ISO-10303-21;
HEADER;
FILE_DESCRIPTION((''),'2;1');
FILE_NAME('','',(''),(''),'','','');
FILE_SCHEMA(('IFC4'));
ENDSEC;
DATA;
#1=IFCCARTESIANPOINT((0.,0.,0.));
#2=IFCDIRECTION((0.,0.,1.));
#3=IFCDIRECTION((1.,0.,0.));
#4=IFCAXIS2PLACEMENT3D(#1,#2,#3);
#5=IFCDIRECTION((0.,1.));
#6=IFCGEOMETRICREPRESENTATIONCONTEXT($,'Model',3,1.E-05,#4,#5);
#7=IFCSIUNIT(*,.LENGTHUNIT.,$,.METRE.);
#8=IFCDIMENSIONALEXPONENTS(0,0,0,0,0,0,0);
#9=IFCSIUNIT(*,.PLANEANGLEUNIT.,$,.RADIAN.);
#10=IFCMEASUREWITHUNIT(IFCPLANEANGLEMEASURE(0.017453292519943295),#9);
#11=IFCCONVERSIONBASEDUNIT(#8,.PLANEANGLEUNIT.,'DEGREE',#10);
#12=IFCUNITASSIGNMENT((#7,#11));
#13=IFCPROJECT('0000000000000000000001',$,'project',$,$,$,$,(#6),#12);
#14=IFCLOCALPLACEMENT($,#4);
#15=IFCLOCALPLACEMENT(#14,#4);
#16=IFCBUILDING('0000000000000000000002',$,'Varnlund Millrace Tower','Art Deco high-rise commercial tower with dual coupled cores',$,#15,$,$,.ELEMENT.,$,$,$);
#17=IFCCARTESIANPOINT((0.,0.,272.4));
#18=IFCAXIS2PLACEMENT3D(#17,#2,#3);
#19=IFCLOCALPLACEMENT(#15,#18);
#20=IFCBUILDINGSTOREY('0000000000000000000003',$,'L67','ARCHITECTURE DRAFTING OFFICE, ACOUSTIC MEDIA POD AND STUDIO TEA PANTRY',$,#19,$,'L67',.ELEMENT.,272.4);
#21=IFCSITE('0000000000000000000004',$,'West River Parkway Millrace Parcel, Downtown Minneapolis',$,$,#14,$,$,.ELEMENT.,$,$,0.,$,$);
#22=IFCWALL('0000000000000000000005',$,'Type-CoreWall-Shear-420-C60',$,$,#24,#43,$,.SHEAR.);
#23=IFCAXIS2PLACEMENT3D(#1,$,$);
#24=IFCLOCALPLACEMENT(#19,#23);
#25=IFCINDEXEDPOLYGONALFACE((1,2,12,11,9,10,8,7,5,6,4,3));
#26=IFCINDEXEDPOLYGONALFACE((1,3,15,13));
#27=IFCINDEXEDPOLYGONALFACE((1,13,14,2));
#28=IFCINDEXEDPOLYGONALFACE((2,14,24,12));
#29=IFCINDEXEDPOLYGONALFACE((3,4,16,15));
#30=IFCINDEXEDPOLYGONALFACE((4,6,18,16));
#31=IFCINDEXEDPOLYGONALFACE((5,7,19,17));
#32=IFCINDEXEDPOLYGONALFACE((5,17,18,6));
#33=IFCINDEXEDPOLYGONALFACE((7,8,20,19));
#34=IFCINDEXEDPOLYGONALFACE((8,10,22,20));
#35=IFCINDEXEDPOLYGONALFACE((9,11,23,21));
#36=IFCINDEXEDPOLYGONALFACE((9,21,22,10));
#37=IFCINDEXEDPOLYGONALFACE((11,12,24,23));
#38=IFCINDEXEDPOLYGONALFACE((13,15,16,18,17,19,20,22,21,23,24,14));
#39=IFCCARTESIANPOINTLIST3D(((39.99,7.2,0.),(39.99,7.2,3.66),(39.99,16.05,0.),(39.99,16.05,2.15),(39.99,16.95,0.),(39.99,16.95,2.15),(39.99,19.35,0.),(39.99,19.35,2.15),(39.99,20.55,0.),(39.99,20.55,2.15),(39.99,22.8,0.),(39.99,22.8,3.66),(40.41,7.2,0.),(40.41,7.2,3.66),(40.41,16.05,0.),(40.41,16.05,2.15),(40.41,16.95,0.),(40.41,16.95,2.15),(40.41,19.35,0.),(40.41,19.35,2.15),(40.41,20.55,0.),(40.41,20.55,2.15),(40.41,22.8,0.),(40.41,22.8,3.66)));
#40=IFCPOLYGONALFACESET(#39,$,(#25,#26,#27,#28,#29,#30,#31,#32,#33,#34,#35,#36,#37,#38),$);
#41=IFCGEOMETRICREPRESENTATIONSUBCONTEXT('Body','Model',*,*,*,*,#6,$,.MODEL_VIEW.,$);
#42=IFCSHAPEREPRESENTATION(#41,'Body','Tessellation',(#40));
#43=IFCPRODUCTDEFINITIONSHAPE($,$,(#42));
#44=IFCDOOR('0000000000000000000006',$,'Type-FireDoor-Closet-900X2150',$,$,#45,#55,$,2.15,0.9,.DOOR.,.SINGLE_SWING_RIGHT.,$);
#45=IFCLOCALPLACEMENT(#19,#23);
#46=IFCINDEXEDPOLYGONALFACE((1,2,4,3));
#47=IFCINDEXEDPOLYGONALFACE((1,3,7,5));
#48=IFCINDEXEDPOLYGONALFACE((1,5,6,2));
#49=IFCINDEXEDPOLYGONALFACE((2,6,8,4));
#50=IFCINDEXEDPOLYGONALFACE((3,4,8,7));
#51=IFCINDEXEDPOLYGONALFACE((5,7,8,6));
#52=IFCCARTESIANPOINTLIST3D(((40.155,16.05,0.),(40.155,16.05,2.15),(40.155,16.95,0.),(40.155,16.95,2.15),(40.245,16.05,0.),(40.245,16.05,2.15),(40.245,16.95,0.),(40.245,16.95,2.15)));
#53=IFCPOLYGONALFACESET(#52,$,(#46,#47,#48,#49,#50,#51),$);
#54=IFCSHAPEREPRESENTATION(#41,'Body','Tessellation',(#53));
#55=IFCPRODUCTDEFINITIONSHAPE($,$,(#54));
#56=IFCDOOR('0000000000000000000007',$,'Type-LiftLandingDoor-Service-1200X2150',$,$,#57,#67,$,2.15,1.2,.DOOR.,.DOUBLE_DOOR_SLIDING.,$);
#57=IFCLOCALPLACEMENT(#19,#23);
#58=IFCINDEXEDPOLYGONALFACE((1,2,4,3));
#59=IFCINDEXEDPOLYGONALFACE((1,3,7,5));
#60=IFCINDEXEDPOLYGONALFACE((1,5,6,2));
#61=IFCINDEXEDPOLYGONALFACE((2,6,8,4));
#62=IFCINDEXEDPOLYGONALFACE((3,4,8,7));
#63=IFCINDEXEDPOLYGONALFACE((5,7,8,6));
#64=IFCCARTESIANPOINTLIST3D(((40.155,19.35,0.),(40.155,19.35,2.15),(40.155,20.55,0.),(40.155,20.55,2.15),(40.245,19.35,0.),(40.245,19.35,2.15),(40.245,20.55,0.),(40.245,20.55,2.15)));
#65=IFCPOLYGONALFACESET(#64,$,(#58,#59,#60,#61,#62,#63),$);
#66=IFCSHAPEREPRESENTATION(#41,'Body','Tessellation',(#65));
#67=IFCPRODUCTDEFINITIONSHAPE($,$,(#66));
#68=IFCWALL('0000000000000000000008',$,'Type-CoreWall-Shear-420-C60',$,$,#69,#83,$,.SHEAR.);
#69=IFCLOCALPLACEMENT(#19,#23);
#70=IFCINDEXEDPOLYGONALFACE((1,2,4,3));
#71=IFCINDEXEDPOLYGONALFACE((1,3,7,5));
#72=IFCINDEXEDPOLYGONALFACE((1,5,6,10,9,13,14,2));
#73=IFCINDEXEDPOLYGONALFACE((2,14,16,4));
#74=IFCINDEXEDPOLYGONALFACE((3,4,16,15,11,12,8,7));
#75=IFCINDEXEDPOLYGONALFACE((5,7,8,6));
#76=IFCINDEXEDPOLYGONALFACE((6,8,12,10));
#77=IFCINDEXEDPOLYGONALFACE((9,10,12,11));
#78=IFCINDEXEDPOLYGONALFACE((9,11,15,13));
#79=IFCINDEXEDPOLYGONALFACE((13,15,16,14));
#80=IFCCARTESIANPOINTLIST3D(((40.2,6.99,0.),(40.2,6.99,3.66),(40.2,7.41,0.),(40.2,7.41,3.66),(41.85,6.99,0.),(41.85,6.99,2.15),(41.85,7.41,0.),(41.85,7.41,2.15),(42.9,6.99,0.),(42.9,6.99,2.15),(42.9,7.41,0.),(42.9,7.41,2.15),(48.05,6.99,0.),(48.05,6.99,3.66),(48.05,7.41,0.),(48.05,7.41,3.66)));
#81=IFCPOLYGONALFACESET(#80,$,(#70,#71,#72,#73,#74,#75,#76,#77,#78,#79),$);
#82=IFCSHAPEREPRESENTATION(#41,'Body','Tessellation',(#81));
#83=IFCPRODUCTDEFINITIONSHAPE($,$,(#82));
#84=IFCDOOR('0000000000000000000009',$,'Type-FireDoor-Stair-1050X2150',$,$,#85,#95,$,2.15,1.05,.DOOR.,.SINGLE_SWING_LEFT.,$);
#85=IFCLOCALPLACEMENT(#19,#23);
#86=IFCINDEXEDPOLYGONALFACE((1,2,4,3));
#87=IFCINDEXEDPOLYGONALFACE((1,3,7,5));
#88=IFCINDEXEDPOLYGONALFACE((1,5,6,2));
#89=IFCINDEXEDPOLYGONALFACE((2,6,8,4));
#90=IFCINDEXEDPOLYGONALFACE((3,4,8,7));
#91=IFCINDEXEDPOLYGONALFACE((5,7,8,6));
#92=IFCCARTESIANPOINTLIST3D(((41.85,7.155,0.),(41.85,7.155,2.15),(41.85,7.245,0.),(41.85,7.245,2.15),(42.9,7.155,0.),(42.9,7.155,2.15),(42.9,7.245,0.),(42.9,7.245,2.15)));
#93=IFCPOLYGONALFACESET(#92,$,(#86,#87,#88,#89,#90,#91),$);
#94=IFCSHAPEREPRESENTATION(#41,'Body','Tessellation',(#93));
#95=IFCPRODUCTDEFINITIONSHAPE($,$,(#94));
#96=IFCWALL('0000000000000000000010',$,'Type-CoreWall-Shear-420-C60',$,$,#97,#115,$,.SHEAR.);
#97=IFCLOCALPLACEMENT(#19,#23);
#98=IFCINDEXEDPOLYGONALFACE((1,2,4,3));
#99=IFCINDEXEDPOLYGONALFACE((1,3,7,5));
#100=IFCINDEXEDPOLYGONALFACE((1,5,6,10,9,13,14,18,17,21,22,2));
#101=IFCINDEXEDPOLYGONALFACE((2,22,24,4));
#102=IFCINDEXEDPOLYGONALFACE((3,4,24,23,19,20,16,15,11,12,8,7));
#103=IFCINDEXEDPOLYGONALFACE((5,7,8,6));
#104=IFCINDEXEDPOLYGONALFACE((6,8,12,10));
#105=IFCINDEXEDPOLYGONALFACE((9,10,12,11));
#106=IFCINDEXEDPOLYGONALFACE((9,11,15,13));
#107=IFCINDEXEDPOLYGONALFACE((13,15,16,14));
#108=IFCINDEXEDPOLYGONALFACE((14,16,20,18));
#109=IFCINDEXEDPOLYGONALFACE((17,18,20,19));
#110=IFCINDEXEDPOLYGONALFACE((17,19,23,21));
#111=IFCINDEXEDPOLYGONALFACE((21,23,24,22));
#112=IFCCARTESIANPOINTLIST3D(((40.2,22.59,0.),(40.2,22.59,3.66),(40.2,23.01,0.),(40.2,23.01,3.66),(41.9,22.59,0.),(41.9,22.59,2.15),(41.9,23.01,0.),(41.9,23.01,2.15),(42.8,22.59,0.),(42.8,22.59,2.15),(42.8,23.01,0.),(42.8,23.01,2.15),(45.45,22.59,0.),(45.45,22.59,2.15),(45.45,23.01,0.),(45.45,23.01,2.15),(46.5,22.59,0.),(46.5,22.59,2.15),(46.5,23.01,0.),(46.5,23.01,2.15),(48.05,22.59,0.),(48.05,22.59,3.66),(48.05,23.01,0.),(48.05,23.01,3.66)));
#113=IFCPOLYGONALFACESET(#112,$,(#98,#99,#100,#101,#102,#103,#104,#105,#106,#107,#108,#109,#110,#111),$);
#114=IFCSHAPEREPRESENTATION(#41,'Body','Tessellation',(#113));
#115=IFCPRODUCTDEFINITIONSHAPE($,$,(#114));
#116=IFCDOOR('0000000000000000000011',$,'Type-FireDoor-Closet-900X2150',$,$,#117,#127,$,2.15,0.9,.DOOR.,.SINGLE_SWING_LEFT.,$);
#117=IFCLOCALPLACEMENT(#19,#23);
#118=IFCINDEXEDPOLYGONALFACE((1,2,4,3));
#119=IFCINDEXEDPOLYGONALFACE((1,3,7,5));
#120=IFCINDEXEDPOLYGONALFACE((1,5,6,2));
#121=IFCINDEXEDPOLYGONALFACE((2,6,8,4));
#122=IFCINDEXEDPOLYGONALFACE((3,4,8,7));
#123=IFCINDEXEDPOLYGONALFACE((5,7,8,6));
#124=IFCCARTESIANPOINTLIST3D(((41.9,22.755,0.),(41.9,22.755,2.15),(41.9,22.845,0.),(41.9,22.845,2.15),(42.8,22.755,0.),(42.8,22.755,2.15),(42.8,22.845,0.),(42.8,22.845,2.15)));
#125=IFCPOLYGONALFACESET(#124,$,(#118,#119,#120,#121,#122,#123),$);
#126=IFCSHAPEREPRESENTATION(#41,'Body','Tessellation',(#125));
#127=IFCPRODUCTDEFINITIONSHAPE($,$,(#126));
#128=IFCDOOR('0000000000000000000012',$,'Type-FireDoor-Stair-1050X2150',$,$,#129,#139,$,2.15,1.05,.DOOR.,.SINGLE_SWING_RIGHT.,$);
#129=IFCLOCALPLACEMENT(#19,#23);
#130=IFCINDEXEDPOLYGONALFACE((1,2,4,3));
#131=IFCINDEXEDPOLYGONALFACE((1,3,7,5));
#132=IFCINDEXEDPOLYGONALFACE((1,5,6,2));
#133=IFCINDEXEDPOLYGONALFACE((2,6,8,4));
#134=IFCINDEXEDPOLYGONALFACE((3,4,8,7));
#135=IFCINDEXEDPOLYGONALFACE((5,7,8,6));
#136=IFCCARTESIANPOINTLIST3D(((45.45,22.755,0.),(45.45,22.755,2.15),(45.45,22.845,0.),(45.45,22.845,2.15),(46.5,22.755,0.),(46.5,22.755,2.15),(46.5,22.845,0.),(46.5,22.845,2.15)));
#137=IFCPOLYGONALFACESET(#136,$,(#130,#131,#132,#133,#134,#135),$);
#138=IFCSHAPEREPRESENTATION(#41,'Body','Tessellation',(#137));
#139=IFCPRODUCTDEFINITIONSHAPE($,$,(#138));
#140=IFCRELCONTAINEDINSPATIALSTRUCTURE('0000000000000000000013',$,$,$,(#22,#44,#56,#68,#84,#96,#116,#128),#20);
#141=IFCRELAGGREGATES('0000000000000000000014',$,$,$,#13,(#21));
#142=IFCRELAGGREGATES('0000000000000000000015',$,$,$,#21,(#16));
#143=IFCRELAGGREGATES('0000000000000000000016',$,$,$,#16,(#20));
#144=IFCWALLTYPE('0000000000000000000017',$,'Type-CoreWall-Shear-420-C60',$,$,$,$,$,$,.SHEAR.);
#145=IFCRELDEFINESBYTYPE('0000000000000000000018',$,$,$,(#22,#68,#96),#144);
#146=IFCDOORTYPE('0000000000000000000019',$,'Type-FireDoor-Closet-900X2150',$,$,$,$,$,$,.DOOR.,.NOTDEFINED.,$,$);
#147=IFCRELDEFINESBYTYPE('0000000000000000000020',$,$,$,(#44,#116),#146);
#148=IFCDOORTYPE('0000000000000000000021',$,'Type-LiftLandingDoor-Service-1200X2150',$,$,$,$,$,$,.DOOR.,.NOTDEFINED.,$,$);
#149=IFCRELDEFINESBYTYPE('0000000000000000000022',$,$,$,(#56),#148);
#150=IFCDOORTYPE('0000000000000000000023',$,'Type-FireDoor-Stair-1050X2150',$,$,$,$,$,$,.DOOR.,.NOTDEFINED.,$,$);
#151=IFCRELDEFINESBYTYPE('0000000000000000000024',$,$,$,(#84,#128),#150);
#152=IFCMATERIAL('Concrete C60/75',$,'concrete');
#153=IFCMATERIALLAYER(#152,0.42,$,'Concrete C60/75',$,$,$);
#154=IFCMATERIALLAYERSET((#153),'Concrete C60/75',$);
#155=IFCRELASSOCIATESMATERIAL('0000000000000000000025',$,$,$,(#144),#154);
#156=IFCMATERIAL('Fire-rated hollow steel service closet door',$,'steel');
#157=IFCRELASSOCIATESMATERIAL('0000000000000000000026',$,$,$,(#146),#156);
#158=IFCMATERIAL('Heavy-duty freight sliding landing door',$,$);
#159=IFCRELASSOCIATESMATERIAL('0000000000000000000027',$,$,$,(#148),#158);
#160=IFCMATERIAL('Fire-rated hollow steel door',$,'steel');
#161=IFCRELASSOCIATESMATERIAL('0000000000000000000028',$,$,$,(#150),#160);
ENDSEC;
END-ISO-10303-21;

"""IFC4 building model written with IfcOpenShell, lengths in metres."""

from ifc_helpers import new_model, entity, si_unit, converted_unit, direction, frame, origin_with_axes, origin_2d_with_axis, place, context, subcontext, project, spatial, polyline, rectangle, outline, extrude, material, layer, layer_set, type_object, element, fill, save


model = new_model("IFC4")

# Units and contexts
model_context = context("Model", 3, precision=1e-05, world=origin_with_axes(), true_north=direction((0.0, 1.0)))
body_context = subcontext(model_context, "Body", "Model", "MODEL_VIEW")
ifc_project = project(units=[si_unit("LENGTHUNIT", "METRE"), converted_unit("PLANEANGLEUNIT", "DEGREE", entity("IfcPlaneAngleMeasure", 0.017453292519943295), si_unit("PLANEANGLEUNIT", "RADIAN"), dimensions=[0, 0, 0, 0, 0, 0, 0])], contexts=[model_context])

# Site, building, storey
site_placement = place(None, origin_with_axes())
site = spatial("IfcSite", under=ifc_project, at=site_placement, Name="West River Parkway Millrace Parcel, Downtown Minneapolis", CompositionType="ELEMENT", RefElevation=0.0)
building_placement = place(site_placement, origin_with_axes())
building = spatial("IfcBuilding", under=site, at=building_placement, Name="Varnlund Millrace Tower", Description="Art Deco high-rise commercial tower with dual coupled cores", CompositionType="ELEMENT")
storey_placement = place(building_placement, frame((0.0, 0.0, 272.4), z_axis=(0.0, 0.0, 1.0), x_axis=(1.0, 0.0, 0.0)))
storey = spatial("IfcBuildingStorey", under=building, at=storey_placement, Name="L67", Description="ARCHITECTURE DRAFTING OFFICE, ACOUSTIC MEDIA POD AND STUDIO TEA PANTRY", LongName="L67", CompositionType="ELEMENT", Elevation=272.4)

# Wall, openings, doors
ifc_material_1 = material(Name="Concrete C60/75", Category="concrete")
ifc_layer_1 = layer(ifc_material_1, 0.42, Name="Concrete C60/75")
ifc_layer_set_1 = layer_set([ifc_layer_1], Name="Concrete C60/75")
wall_type_1 = type_object("IfcWallType", Name="Type-CoreWall-Shear-420-C60", PredefinedType="SHEAR", material=ifc_layer_set_1)
wall_1_placement = place(storey_placement, frame((40.2, 7.2, 0.0), z_axis=(0.0, 0.0, 1.0), x_axis=(0.0, 1.0, 0.0)))
wall_1 = element("IfcWall", 1, at=wall_1_placement, inside=storey, type_object=wall_type_1, Name="Type-CoreWall-Shear-420-C60", PredefinedType="SHEAR", context=body_context, shape_type="SweptSolid", body=[
    extrude(outline(polyline([(0.0, -0.21), (15.6, -0.21), (15.6, 0.21), (0.0, 0.21), (0.0, -0.21)])), origin_with_axes(), (0.0, 0.0, 1.0), 3.66),
])
opening_1_placement = place(wall_1_placement, frame((12.75, 0.0, 0.0), z_axis=(0.0, 0.0, 1.0), x_axis=(1.0, 0.0, 0.0)))
opening_1 = element("IfcOpeningElement", 2, at=opening_1_placement, cuts=wall_1, PredefinedType="OPENING", context=body_context, shape_type="SweptSolid", body=[
    extrude(rectangle(XDim=1.2, YDim=0.44, at=origin_2d_with_axis()), origin_with_axes(), (0.0, 0.0, 1.0), 2.15),
])
opening_2_placement = place(wall_1_placement, frame((9.3, 0.0, 0.0), z_axis=(0.0, 0.0, 1.0), x_axis=(1.0, 0.0, 0.0)))
opening_2 = element("IfcOpeningElement", 3, at=opening_2_placement, cuts=wall_1, PredefinedType="OPENING", context=body_context, shape_type="SweptSolid", body=[
    extrude(rectangle(XDim=0.9, YDim=0.44, at=origin_2d_with_axis()), origin_with_axes(), (0.0, 0.0, 1.0), 2.15),
])
ifc_material_2 = material(Name="Fire-rated hollow steel service closet door", Category="steel")
door_type_1 = type_object("IfcDoorType", Name="Type-FireDoor-Closet-900X2150", OperationType="NOTDEFINED", PredefinedType="DOOR", material=ifc_material_2)
door_1_placement = place(wall_1_placement, frame((9.3, 0.0, 0.0), z_axis=(0.0, 0.0, 1.0), x_axis=(1.0, 0.0, 0.0)))
door_1 = element("IfcDoor", 4, at=door_1_placement, inside=storey, type_object=door_type_1, Name="Type-FireDoor-Closet-900X2150", OperationType="SINGLE_SWING_RIGHT", OverallHeight=2.15, OverallWidth=0.9, PredefinedType="DOOR", context=body_context, shape_type="SweptSolid", body=[
    extrude(rectangle(XDim=0.9, YDim=0.09, at=origin_2d_with_axis()), origin_with_axes(), (0.0, 0.0, 1.0), 2.15),
])
fill(opening_2, door_1)
ifc_material_3 = material(Name="Heavy-duty freight sliding landing door")
door_type_2 = type_object("IfcDoorType", Name="Type-LiftLandingDoor-Service-1200X2150", OperationType="NOTDEFINED", PredefinedType="DOOR", material=ifc_material_3)
door_2_placement = place(wall_1_placement, frame((12.75, 0.0, 0.0), z_axis=(0.0, 0.0, 1.0), x_axis=(1.0, 0.0, 0.0)))
door_2 = element("IfcDoor", 5, at=door_2_placement, inside=storey, type_object=door_type_2, Name="Type-LiftLandingDoor-Service-1200X2150", OperationType="DOUBLE_DOOR_SLIDING", OverallHeight=2.15, OverallWidth=1.2, PredefinedType="DOOR", context=body_context, shape_type="SweptSolid", body=[
    extrude(rectangle(XDim=1.2, YDim=0.09, at=origin_2d_with_axis()), origin_with_axes(), (0.0, 0.0, 1.0), 2.15),
])
fill(opening_1, door_2)

# Wall, opening, door
wall_2_placement = place(storey_placement, frame((40.2, 7.2, 0.0), z_axis=(0.0, 0.0, 1.0), x_axis=(1.0, 0.0, 0.0)))
wall_2 = element("IfcWall", 6, at=wall_2_placement, inside=storey, type_object=wall_type_1, Name="Type-CoreWall-Shear-420-C60", PredefinedType="SHEAR", context=body_context, shape_type="SweptSolid", body=[
    extrude(outline(polyline([(0.0, -0.21), (7.85, -0.21), (7.85, 0.21), (0.0, 0.21), (0.0, -0.21)])), origin_with_axes(), (0.0, 0.0, 1.0), 3.66),
])
opening_3_placement = place(wall_2_placement, frame((2.175, 0.0, 0.0), z_axis=(0.0, 0.0, 1.0), x_axis=(1.0, 0.0, 0.0)))
opening_3 = element("IfcOpeningElement", 7, at=opening_3_placement, cuts=wall_2, PredefinedType="OPENING", context=body_context, shape_type="SweptSolid", body=[
    extrude(rectangle(XDim=1.05, YDim=0.44, at=origin_2d_with_axis()), origin_with_axes(), (0.0, 0.0, 1.0), 2.15),
])
ifc_material_4 = material(Name="Fire-rated hollow steel door", Category="steel")
door_type_3 = type_object("IfcDoorType", Name="Type-FireDoor-Stair-1050X2150", OperationType="NOTDEFINED", PredefinedType="DOOR", material=ifc_material_4)
door_3_placement = place(wall_2_placement, frame((2.175, 0.0, 0.0), z_axis=(0.0, 0.0, 1.0), x_axis=(1.0, 0.0, 0.0)))
door_3 = element("IfcDoor", 8, at=door_3_placement, inside=storey, type_object=door_type_3, Name="Type-FireDoor-Stair-1050X2150", OperationType="SINGLE_SWING_LEFT", OverallHeight=2.15, OverallWidth=1.05, PredefinedType="DOOR", context=body_context, shape_type="SweptSolid", body=[
    extrude(rectangle(XDim=1.05, YDim=0.09, at=origin_2d_with_axis()), origin_with_axes(), (0.0, 0.0, 1.0), 2.15),
])
fill(opening_3, door_3)

# Wall, openings, doors
wall_3_placement = place(storey_placement, frame((40.2, 22.8, 0.0), z_axis=(0.0, 0.0, 1.0), x_axis=(1.0, 0.0, 0.0)))
wall_3 = element("IfcWall", 9, at=wall_3_placement, inside=storey, type_object=wall_type_1, Name="Type-CoreWall-Shear-420-C60", PredefinedType="SHEAR", context=body_context, shape_type="SweptSolid", body=[
    extrude(outline(polyline([(0.0, -0.21), (7.85, -0.21), (7.85, 0.21), (0.0, 0.21), (0.0, -0.21)])), origin_with_axes(), (0.0, 0.0, 1.0), 3.66),
])
opening_4_placement = place(wall_3_placement, frame((5.775, 0.0, 0.0), z_axis=(0.0, 0.0, 1.0), x_axis=(1.0, 0.0, 0.0)))
opening_4 = element("IfcOpeningElement", 10, at=opening_4_placement, cuts=wall_3, PredefinedType="OPENING", context=body_context, shape_type="SweptSolid", body=[
    extrude(rectangle(XDim=1.05, YDim=0.44, at=origin_2d_with_axis()), origin_with_axes(), (0.0, 0.0, 1.0), 2.15),
])
opening_5_placement = place(wall_3_placement, frame((2.15, 0.0, 0.0), z_axis=(0.0, 0.0, 1.0), x_axis=(1.0, 0.0, 0.0)))
opening_5 = element("IfcOpeningElement", 11, at=opening_5_placement, cuts=wall_3, PredefinedType="OPENING", context=body_context, shape_type="SweptSolid", body=[
    extrude(rectangle(XDim=0.9, YDim=0.44, at=origin_2d_with_axis()), origin_with_axes(), (0.0, 0.0, 1.0), 2.15),
])
door_4_placement = place(wall_3_placement, frame((2.15, 0.0, 0.0), z_axis=(0.0, 0.0, 1.0), x_axis=(1.0, 0.0, 0.0)))
door_4 = element("IfcDoor", 12, at=door_4_placement, inside=storey, type_object=door_type_1, Name="Type-FireDoor-Closet-900X2150", OperationType="SINGLE_SWING_LEFT", OverallHeight=2.15, OverallWidth=0.9, PredefinedType="DOOR", context=body_context, shape_type="SweptSolid", body=[
    extrude(rectangle(XDim=0.9, YDim=0.09, at=origin_2d_with_axis()), origin_with_axes(), (0.0, 0.0, 1.0), 2.15),
])
fill(opening_5, door_4)
door_5_placement = place(wall_3_placement, frame((5.775, 0.0, 0.0), z_axis=(0.0, 0.0, 1.0), x_axis=(1.0, 0.0, 0.0)))
door_5 = element("IfcDoor", 13, at=door_5_placement, inside=storey, type_object=door_type_3, Name="Type-FireDoor-Stair-1050X2150", OperationType="SINGLE_SWING_RIGHT", OverallHeight=2.15, OverallWidth=1.05, PredefinedType="DOOR", context=body_context, shape_type="SweptSolid", body=[
    extrude(rectangle(XDim=1.05, YDim=0.09, at=origin_2d_with_axis()), origin_with_axes(), (0.0, 0.0, 1.0), 2.15),
])
fill(opening_4, door_5)

save(model, "model.ifc")
